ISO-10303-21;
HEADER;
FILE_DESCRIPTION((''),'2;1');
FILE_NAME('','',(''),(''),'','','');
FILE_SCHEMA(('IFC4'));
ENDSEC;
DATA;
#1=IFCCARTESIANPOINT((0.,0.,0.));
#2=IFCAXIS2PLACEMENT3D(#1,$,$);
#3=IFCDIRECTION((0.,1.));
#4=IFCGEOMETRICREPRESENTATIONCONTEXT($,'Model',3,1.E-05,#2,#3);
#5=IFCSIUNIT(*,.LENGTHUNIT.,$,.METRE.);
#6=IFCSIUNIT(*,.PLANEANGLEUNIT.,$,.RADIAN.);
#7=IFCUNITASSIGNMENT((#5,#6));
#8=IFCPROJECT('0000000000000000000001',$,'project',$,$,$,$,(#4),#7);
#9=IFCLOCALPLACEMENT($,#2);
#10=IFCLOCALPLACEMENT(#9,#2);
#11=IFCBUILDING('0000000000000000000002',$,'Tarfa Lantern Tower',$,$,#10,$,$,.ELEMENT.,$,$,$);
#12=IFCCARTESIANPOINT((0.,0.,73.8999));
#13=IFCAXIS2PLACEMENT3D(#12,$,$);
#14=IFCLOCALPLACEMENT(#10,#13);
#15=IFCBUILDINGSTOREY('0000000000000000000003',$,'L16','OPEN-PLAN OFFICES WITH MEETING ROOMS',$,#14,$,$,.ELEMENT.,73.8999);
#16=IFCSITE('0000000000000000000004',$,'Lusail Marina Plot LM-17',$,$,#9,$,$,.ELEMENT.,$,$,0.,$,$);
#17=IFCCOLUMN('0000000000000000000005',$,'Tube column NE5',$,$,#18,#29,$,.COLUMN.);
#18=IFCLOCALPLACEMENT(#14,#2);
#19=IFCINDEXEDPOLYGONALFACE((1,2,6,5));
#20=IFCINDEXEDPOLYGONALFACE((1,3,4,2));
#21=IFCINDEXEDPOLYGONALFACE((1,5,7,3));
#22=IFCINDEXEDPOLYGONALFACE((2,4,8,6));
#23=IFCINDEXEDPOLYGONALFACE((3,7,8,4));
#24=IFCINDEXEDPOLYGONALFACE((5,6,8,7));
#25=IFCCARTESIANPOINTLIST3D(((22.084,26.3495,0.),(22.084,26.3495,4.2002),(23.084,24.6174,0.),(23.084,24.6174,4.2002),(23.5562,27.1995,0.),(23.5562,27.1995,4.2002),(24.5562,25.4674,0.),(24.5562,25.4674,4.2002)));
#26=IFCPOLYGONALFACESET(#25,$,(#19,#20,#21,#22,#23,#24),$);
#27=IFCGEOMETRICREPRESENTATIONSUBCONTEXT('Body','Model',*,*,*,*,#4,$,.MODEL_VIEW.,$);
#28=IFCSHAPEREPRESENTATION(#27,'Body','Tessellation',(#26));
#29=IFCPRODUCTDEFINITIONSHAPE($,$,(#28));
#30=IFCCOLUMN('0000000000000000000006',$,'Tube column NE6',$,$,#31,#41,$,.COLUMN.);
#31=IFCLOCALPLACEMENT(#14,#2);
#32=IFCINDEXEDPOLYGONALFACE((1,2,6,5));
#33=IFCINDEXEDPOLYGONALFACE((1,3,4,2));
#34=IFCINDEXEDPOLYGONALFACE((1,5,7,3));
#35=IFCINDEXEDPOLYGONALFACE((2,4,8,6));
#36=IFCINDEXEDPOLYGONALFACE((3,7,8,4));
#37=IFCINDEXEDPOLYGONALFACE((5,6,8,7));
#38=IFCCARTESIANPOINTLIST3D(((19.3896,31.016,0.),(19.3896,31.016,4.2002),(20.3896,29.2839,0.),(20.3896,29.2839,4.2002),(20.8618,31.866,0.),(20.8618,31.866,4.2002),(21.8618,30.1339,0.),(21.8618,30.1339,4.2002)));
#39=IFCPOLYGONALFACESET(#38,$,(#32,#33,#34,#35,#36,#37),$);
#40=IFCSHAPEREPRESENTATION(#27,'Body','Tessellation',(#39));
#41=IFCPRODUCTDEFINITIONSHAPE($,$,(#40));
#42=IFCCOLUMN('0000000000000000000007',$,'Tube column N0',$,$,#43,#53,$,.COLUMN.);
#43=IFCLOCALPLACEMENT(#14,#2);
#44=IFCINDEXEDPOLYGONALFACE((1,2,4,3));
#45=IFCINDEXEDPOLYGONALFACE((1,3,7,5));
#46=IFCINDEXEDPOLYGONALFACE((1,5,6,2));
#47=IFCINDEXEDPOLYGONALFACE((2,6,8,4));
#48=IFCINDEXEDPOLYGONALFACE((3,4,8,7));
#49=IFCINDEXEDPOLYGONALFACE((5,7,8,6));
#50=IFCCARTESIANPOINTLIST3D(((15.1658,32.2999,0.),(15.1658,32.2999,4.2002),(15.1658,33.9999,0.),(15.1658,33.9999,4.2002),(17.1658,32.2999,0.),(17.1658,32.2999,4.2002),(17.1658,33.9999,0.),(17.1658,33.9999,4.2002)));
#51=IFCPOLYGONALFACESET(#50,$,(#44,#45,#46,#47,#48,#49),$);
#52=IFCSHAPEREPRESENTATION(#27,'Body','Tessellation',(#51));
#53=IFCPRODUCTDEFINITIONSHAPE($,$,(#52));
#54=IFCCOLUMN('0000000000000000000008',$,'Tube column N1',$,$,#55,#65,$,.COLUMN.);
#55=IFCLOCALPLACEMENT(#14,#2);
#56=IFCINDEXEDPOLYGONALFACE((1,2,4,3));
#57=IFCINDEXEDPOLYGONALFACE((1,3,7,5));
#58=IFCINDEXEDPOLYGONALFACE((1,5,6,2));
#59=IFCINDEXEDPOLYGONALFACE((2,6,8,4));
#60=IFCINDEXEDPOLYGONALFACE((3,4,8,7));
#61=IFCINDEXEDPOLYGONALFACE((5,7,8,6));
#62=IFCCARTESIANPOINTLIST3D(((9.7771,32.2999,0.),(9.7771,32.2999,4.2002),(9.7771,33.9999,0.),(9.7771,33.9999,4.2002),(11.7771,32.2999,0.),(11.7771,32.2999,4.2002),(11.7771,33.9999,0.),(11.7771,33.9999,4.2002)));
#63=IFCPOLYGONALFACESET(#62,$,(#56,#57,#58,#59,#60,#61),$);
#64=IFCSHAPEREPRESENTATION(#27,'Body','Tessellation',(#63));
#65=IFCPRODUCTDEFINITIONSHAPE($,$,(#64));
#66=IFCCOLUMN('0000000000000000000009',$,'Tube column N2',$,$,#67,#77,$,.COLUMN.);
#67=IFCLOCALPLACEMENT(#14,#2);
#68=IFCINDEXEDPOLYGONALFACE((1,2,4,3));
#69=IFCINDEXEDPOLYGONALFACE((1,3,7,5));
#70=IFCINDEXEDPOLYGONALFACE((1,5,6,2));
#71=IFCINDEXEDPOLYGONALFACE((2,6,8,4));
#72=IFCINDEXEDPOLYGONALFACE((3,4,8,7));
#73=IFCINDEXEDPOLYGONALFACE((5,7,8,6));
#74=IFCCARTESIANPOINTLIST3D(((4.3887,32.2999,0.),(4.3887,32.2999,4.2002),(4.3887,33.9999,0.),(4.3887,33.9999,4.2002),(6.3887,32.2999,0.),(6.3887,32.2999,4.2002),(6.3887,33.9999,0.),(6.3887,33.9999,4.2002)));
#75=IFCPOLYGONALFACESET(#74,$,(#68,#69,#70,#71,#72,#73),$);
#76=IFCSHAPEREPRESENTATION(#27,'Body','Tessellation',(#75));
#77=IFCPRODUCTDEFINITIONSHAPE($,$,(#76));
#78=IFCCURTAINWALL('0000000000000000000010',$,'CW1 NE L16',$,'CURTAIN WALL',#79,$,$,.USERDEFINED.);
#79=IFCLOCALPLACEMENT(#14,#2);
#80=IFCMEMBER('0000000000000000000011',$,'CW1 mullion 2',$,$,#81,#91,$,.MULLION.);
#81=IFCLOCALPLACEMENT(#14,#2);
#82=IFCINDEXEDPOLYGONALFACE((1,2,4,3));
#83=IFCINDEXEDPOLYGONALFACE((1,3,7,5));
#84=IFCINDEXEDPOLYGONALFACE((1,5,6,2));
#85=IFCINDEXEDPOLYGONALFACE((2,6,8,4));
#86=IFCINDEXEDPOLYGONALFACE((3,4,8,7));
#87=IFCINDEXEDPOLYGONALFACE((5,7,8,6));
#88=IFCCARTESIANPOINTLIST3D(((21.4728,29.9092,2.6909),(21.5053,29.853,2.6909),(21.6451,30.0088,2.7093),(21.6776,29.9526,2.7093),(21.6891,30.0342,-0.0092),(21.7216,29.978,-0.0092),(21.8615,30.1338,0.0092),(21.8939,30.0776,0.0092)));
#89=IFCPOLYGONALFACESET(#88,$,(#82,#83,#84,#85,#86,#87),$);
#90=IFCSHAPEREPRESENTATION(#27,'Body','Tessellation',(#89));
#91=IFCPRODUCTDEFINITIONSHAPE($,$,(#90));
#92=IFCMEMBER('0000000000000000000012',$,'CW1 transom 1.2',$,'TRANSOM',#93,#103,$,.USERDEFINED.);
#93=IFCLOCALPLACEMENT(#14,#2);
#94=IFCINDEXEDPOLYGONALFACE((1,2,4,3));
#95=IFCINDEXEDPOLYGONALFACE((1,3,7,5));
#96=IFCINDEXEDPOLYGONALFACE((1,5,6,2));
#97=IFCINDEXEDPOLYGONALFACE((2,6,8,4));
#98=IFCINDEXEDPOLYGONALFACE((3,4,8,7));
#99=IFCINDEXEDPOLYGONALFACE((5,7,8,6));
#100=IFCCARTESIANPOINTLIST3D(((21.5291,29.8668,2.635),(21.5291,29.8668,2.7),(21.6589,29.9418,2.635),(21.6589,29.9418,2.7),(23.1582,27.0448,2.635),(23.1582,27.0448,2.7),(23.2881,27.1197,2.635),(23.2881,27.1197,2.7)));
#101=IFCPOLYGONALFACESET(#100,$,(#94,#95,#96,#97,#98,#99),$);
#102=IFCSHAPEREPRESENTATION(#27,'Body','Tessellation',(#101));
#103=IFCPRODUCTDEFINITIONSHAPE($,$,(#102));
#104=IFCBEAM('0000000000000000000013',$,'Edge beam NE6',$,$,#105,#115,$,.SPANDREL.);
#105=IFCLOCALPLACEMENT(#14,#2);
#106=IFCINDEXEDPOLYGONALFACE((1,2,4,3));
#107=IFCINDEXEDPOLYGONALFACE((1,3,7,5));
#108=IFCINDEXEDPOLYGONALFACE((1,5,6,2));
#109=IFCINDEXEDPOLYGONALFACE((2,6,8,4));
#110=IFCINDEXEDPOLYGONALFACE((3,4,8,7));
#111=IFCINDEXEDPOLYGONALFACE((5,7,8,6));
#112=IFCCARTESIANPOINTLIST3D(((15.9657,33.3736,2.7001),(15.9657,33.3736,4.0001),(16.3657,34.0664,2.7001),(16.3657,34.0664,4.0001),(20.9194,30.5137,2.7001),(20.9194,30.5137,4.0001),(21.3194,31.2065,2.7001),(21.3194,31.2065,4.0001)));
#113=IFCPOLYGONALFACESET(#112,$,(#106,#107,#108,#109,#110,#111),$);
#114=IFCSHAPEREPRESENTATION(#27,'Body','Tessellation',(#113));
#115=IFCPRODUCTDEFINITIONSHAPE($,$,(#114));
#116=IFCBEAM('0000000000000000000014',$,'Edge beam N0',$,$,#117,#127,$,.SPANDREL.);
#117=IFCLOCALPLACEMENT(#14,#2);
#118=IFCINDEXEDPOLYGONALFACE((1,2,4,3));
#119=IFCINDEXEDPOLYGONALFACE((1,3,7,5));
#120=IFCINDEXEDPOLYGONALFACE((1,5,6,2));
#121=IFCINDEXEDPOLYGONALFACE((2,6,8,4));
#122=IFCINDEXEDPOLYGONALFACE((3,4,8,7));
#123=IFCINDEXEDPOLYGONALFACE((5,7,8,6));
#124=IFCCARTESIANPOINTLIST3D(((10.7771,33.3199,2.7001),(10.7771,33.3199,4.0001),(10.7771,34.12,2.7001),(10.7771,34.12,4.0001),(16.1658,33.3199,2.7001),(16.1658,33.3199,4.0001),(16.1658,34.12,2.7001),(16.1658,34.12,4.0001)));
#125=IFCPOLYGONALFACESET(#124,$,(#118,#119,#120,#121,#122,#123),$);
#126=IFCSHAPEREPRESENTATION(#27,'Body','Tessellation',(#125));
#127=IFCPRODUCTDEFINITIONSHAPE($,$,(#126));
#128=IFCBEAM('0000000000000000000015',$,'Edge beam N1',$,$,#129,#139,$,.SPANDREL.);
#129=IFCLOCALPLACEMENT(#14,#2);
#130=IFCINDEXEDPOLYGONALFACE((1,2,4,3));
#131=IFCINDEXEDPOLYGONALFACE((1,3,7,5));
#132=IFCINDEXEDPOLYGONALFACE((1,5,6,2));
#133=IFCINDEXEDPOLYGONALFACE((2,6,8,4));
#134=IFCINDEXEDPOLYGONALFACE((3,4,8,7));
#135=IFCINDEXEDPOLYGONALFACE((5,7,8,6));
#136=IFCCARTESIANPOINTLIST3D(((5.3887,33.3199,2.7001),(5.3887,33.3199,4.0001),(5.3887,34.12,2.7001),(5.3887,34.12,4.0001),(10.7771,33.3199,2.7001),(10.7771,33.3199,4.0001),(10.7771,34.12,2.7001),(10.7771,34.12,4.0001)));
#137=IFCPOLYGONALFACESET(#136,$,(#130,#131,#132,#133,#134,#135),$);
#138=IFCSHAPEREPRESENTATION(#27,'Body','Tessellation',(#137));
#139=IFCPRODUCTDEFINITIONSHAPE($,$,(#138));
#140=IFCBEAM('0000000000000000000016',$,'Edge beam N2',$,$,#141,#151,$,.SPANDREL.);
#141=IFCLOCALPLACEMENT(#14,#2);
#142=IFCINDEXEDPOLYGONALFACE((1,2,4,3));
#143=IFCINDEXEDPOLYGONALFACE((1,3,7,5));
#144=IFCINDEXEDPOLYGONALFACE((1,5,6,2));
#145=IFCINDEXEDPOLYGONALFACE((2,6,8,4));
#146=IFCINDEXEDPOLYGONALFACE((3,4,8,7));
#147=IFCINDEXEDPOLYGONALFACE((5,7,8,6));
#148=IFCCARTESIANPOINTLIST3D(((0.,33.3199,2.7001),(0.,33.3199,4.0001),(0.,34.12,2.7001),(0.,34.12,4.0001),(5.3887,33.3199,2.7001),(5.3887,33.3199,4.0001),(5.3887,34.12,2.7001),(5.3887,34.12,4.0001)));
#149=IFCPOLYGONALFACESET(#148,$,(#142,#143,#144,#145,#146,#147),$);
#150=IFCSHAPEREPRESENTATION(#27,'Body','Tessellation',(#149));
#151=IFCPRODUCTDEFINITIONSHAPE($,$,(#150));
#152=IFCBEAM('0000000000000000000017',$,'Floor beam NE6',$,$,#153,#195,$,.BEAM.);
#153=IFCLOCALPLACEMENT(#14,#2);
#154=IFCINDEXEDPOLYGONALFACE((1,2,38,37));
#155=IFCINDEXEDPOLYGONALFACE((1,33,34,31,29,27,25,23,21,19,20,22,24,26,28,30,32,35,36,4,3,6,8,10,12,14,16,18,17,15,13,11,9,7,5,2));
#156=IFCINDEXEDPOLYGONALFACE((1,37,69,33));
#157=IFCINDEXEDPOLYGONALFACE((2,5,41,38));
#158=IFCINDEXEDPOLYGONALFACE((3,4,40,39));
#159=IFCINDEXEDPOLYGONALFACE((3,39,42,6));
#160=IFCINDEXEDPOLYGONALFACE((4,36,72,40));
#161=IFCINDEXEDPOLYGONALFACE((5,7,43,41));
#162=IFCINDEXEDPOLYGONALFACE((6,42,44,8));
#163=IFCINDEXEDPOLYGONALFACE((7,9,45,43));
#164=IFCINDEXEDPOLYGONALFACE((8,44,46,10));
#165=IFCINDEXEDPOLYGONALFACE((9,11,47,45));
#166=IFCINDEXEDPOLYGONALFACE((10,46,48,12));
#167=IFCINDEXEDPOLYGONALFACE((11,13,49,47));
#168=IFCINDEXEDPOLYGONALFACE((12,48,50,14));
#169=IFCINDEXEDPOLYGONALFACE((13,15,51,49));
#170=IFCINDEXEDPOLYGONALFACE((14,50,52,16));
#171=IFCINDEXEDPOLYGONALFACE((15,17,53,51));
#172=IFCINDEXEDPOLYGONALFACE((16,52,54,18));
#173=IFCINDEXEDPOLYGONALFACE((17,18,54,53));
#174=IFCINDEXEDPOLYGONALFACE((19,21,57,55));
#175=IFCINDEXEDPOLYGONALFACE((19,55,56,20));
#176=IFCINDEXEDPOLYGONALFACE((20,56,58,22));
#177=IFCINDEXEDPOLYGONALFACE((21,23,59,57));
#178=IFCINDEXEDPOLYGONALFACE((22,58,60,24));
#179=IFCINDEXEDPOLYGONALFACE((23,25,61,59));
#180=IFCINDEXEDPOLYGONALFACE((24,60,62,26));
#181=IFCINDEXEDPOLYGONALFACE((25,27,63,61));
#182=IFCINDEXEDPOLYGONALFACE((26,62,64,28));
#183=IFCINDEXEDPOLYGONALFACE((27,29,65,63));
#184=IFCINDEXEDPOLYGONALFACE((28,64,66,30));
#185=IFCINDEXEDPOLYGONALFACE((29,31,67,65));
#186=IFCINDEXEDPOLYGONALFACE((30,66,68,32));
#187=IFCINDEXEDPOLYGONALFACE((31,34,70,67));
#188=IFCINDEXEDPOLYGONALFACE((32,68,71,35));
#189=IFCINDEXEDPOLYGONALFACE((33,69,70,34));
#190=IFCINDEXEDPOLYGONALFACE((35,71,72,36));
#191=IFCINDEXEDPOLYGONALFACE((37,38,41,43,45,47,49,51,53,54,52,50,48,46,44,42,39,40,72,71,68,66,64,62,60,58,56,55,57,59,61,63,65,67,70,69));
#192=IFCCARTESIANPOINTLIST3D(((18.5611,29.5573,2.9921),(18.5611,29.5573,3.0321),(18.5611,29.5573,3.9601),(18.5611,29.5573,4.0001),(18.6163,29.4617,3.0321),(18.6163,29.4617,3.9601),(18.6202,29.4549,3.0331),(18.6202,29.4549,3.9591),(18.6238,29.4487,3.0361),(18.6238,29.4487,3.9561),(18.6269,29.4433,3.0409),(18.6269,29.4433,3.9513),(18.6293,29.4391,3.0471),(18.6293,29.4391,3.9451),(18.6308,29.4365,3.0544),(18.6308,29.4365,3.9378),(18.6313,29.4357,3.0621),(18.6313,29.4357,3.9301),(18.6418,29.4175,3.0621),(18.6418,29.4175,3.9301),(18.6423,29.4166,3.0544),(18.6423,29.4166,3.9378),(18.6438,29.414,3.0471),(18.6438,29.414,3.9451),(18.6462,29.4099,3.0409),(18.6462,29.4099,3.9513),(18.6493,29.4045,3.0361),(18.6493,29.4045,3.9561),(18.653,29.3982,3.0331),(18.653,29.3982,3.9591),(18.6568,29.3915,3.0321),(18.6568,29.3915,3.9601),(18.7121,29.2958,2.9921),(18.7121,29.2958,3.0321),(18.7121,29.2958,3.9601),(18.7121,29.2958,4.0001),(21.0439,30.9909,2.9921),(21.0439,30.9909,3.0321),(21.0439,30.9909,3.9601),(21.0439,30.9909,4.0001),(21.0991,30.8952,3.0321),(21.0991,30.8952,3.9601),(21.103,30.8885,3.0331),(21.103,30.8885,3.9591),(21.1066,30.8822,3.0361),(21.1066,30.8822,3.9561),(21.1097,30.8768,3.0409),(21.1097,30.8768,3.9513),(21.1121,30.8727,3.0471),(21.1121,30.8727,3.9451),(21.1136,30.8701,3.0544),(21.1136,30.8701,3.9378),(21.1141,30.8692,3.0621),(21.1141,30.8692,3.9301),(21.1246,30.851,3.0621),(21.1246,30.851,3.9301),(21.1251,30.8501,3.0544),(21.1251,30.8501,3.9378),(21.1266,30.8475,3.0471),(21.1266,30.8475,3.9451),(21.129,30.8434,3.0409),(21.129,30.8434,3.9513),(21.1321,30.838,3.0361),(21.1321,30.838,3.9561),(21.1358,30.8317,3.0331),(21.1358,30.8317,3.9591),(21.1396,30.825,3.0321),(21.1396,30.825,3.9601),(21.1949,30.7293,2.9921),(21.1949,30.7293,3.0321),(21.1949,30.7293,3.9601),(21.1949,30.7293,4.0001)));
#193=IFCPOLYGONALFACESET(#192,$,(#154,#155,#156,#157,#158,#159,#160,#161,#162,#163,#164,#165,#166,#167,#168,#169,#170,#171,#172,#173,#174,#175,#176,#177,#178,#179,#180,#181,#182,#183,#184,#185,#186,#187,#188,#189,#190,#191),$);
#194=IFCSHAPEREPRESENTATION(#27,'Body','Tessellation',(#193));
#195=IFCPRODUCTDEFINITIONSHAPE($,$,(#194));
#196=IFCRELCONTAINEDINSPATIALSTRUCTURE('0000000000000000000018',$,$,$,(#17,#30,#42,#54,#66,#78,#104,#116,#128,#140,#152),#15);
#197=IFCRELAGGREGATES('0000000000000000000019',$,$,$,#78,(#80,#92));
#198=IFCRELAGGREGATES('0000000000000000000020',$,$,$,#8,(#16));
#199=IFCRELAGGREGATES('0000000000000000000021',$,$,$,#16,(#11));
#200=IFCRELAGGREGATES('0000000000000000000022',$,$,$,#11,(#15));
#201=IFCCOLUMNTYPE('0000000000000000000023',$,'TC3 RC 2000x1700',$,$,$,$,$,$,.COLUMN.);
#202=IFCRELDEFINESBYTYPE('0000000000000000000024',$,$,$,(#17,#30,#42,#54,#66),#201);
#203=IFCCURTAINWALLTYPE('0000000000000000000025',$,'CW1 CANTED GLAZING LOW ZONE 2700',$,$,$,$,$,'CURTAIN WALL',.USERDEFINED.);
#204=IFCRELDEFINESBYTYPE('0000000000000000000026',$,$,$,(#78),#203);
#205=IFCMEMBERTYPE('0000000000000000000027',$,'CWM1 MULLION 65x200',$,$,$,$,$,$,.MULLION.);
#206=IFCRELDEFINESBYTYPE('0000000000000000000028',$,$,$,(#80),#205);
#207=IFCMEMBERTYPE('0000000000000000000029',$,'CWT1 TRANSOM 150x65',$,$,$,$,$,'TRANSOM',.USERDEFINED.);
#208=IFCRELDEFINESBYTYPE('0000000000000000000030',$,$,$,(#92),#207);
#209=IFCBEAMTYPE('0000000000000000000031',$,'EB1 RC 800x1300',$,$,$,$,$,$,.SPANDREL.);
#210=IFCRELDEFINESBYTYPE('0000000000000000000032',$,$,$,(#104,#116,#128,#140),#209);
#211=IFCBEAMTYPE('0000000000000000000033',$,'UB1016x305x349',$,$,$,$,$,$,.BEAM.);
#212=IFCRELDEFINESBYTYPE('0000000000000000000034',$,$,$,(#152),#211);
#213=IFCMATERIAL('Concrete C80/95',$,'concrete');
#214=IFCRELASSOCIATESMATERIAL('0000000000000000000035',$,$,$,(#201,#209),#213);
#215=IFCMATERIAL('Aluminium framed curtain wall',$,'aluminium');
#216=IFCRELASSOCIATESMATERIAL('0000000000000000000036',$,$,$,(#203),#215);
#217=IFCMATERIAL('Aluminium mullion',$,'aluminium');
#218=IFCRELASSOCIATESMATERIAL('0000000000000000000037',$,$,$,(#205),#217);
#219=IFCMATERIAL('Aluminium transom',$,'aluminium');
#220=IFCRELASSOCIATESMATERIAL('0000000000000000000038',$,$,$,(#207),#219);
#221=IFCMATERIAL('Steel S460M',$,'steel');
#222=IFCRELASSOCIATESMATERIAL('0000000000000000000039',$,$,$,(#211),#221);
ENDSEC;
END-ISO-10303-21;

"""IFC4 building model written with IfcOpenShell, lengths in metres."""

from ifc_helpers import new_model, si_unit, direction, frame, origin, origin_2d, place, context, subcontext, project, spatial, rectangle, i_section, extrude, material, material_profile, profile_set, type_object, element, aggregate, save


model = new_model("IFC4")

# Units and contexts
model_context = context("Model", 3, precision=1e-05, world=origin(), true_north=direction((0.0, 1.0)))
body_context = subcontext(model_context, "Body", "Model", "MODEL_VIEW")
ifc_project = project(units=[si_unit("LENGTHUNIT", "METRE"), si_unit("PLANEANGLEUNIT", "RADIAN")], contexts=[model_context])

# Site, building, storey
site_placement = place(None, origin())
site = spatial("IfcSite", under=ifc_project, at=site_placement, Name="Lusail Marina Plot LM-17", CompositionType="ELEMENT", RefElevation=0.0)
building_placement = place(site_placement, origin())
building = spatial("IfcBuilding", under=site, at=building_placement, Name="Tarfa Lantern Tower", CompositionType="ELEMENT")
storey_placement = place(building_placement, frame((0.0, 0.0, 73.8999)))
storey = spatial("IfcBuildingStorey", under=building, at=storey_placement, Name="L16", Description="OPEN-PLAN OFFICES WITH MEETING ROOMS", CompositionType="ELEMENT", Elevation=73.8999)

# Columns
ifc_material_1 = material(Name="Concrete C80/95", Category="concrete")
ifc_material_profile_1 = material_profile(ifc_material_1, rectangle(XDim=2.0, YDim=1.7, at=origin_2d()), Name="RC 2000x1700")
ifc_profile_set_1 = profile_set([ifc_material_profile_1], Name="Concrete C80/95")
column_type = type_object("IfcColumnType", Name="TC3 RC 2000x1700", PredefinedType="COLUMN", material=ifc_profile_set_1)
for number, where, z_axis, x_axis, name in (
    (1, (23.3201, 25.9084, 0.0), (0.0, 0.0, 1.0), (-0.5, 0.866025, 0.0), "Tube column NE5"),
    (2, (20.6257, 30.575, 0.0), (0.0, 0.0, 1.0), (-0.5, 0.866025, 0.0), "Tube column NE6"),
    (3, (16.1658, 33.1499, 0.0), (0.0, 0.0, 1.0), (-1.0, 0.0, 0.0), "Tube column N0"),
    (4, (10.7771, 33.1499, 0.0), (0.0, 0.0, 1.0), (-1.0, 0.0, 0.0), "Tube column N1"),
    (5, (5.3887, 33.1499, 0.0), (0.0, 0.0, 1.0), (-1.0, 0.0, 0.0), "Tube column N2"),
):
    element("IfcColumn", number, at=place(storey_placement, frame(where, z_axis=z_axis, x_axis=x_axis)), inside=storey, type_object=column_type, Name=name, PredefinedType="COLUMN", context=body_context, shape_type="SweptSolid", body=[
        extrude(rectangle(XDim=2.0, YDim=1.7, at=origin_2d()), origin(), (0.0, 0.0, 1.0), 4.2002),
    ])

# Curtain wall, members
ifc_material_2 = material(Name="Aluminium framed curtain wall", Category="aluminium")
curtain_wall_type = type_object("IfcCurtainWallType", Name="CW1 CANTED GLAZING LOW ZONE 2700", ElementType="CURTAIN WALL", PredefinedType="USERDEFINED", material=ifc_material_2)
curtain_wall_placement = place(storey_placement, origin())
curtain_wall = element("IfcCurtainWall", 6, at=curtain_wall_placement, inside=storey, type_object=curtain_wall_type, Name="CW1 NE L16", ObjectType="CURTAIN WALL", PredefinedType="USERDEFINED")
ifc_material_3 = material(Name="Aluminium mullion", Category="aluminium")
ifc_material_profile_2 = material_profile(ifc_material_3, rectangle(XDim=0.0649, YDim=0.2, at=origin_2d()), Name="AL MULLION 65x200")
ifc_profile_set_2 = profile_set([ifc_material_profile_2], Name="Aluminium mullion")
member_type_1 = type_object("IfcMemberType", Name="CWM1 MULLION 65x200", PredefinedType="MULLION", material=ifc_profile_set_2)
member_1_placement = place(storey_placement, frame((21.7915, 30.0559, 0.0), z_axis=(-0.079768, -0.046096, 0.995747), x_axis=(0.500343, -0.865827, 0.0)))
member_1 = element("IfcMember", 7, at=member_1_placement, type_object=member_type_1, Name="CW1 mullion 2", PredefinedType="MULLION", context=body_context, shape_type="SweptSolid", body=[
    extrude(rectangle(XDim=0.0649, YDim=0.2, at=origin_2d()), origin(), (0.0, 0.0, 1.0), 2.7117),
])
ifc_material_4 = material(Name="Aluminium transom", Category="aluminium")
ifc_material_profile_3 = material_profile(ifc_material_4, rectangle(XDim=0.1499, YDim=0.0649, at=origin_2d()), Name="AL TRANSOM 150x65")
ifc_profile_set_3 = profile_set([ifc_material_profile_3], Name="Aluminium transom")
member_type_2 = type_object("IfcMemberType", Name="CWT1 TRANSOM 150x65", ElementType="TRANSOM", PredefinedType="USERDEFINED", material=ifc_profile_set_3)
member_2_placement = place(storey_placement, frame((23.2231, 27.0823, 2.6675), z_axis=(-0.499967, 0.866045, 0.0), x_axis=(-0.866045, -0.499967, 0.0)))
member_2 = element("IfcMember", 8, at=member_2_placement, type_object=member_type_2, Name="CW1 transom 1.2", ObjectType="TRANSOM", PredefinedType="USERDEFINED", context=body_context, shape_type="SweptSolid", body=[
    extrude(rectangle(XDim=0.1499, YDim=0.0649, at=origin_2d()), origin(), (0.0, 0.0, 1.0), 3.2585),
])

# Beams
ifc_material_profile_4 = material_profile(ifc_material_1, rectangle(XDim=0.8, YDim=1.3, at=origin_2d()), Name="RC 800x1300")
ifc_profile_set_4 = profile_set([ifc_material_profile_4], Name="Concrete C80/95")
beam_type_1 = type_object("IfcBeamType", Name="EB1 RC 800x1300", PredefinedType="SPANDREL", material=ifc_profile_set_4)
beam_1_placement = place(storey_placement, frame((21.1194, 30.8601, 3.3501), z_axis=(-0.866033, 0.499986, 0.0), x_axis=(-0.499986, -0.866033, 0.0)))
element("IfcBeam", 9, at=beam_1_placement, inside=storey, type_object=beam_type_1, Name="Edge beam NE6", PredefinedType="SPANDREL", context=body_context, shape_type="SweptSolid", body=[
    extrude(rectangle(XDim=0.8, YDim=1.3, at=origin_2d()), origin(), (0.0, 0.0, 1.0), 5.72),
])
beam_2_placement = place(storey_placement, frame((16.1658, 33.72, 3.3501), z_axis=(-1.0, 0.0, 0.0), x_axis=(0.0, -1.0, 0.0)))
element("IfcBeam", 10, at=beam_2_placement, inside=storey, type_object=beam_type_1, Name="Edge beam N0", PredefinedType="SPANDREL", context=body_context, shape_type="SweptSolid", body=[
    extrude(rectangle(XDim=0.8, YDim=1.3, at=origin_2d()), origin(), (0.0, 0.0, 1.0), 5.3887),
])
beam_3_placement = place(storey_placement, frame((10.7771, 33.72, 3.3501), z_axis=(-1.0, 0.0, 0.0), x_axis=(0.0, -1.0, 0.0)))
element("IfcBeam", 11, at=beam_3_placement, inside=storey, type_object=beam_type_1, Name="Edge beam N1", PredefinedType="SPANDREL", context=body_context, shape_type="SweptSolid", body=[
    extrude(rectangle(XDim=0.8, YDim=1.3, at=origin_2d()), origin(), (0.0, 0.0, 1.0), 5.3884),
])
beam_4_placement = place(storey_placement, frame((5.3887, 33.72, 3.3501), z_axis=(-1.0, 0.0, 0.0), x_axis=(0.0, -1.0, 0.0)))
element("IfcBeam", 12, at=beam_4_placement, inside=storey, type_object=beam_type_1, Name="Edge beam N2", PredefinedType="SPANDREL", context=body_context, shape_type="SweptSolid", body=[
    extrude(rectangle(XDim=0.8, YDim=1.3, at=origin_2d()), origin(), (0.0, 0.0, 1.0), 5.3887),
])
ifc_material_5 = material(Name="Steel S460M", Category="steel")
ifc_material_profile_5 = material_profile(ifc_material_5, i_section(OverallWidth=0.302, OverallDepth=1.0081, WebThickness=0.021, FlangeThickness=0.04, FilletRadius=0.03, at=origin_2d()), Name="UB1016x305x349")
ifc_profile_set_5 = profile_set([ifc_material_profile_5], Name="Steel S460M")
beam_type_2 = type_object("IfcBeamType", Name="UB1016x305x349", PredefinedType="BEAM", material=ifc_profile_set_5)
beam_5_placement = place(storey_placement, frame((21.1194, 30.8601, 3.4961), z_axis=(-0.866013, -0.500022, 0.0), x_axis=(0.500022, -0.866013, 0.0)))
element("IfcBeam", 13, at=beam_5_placement, inside=storey, type_object=beam_type_2, Name="Floor beam NE6", PredefinedType="BEAM", context=body_context, shape_type="SweptSolid", body=[
    extrude(i_section(OverallWidth=0.302, OverallDepth=1.0081, WebThickness=0.021, FlangeThickness=0.04, FilletRadius=0.03, at=origin_2d()), origin(), (0.0, 0.0, 1.0), 2.8669),
])

aggregate(curtain_wall, [member_1, member_2])

save(model, "model.ifc")
